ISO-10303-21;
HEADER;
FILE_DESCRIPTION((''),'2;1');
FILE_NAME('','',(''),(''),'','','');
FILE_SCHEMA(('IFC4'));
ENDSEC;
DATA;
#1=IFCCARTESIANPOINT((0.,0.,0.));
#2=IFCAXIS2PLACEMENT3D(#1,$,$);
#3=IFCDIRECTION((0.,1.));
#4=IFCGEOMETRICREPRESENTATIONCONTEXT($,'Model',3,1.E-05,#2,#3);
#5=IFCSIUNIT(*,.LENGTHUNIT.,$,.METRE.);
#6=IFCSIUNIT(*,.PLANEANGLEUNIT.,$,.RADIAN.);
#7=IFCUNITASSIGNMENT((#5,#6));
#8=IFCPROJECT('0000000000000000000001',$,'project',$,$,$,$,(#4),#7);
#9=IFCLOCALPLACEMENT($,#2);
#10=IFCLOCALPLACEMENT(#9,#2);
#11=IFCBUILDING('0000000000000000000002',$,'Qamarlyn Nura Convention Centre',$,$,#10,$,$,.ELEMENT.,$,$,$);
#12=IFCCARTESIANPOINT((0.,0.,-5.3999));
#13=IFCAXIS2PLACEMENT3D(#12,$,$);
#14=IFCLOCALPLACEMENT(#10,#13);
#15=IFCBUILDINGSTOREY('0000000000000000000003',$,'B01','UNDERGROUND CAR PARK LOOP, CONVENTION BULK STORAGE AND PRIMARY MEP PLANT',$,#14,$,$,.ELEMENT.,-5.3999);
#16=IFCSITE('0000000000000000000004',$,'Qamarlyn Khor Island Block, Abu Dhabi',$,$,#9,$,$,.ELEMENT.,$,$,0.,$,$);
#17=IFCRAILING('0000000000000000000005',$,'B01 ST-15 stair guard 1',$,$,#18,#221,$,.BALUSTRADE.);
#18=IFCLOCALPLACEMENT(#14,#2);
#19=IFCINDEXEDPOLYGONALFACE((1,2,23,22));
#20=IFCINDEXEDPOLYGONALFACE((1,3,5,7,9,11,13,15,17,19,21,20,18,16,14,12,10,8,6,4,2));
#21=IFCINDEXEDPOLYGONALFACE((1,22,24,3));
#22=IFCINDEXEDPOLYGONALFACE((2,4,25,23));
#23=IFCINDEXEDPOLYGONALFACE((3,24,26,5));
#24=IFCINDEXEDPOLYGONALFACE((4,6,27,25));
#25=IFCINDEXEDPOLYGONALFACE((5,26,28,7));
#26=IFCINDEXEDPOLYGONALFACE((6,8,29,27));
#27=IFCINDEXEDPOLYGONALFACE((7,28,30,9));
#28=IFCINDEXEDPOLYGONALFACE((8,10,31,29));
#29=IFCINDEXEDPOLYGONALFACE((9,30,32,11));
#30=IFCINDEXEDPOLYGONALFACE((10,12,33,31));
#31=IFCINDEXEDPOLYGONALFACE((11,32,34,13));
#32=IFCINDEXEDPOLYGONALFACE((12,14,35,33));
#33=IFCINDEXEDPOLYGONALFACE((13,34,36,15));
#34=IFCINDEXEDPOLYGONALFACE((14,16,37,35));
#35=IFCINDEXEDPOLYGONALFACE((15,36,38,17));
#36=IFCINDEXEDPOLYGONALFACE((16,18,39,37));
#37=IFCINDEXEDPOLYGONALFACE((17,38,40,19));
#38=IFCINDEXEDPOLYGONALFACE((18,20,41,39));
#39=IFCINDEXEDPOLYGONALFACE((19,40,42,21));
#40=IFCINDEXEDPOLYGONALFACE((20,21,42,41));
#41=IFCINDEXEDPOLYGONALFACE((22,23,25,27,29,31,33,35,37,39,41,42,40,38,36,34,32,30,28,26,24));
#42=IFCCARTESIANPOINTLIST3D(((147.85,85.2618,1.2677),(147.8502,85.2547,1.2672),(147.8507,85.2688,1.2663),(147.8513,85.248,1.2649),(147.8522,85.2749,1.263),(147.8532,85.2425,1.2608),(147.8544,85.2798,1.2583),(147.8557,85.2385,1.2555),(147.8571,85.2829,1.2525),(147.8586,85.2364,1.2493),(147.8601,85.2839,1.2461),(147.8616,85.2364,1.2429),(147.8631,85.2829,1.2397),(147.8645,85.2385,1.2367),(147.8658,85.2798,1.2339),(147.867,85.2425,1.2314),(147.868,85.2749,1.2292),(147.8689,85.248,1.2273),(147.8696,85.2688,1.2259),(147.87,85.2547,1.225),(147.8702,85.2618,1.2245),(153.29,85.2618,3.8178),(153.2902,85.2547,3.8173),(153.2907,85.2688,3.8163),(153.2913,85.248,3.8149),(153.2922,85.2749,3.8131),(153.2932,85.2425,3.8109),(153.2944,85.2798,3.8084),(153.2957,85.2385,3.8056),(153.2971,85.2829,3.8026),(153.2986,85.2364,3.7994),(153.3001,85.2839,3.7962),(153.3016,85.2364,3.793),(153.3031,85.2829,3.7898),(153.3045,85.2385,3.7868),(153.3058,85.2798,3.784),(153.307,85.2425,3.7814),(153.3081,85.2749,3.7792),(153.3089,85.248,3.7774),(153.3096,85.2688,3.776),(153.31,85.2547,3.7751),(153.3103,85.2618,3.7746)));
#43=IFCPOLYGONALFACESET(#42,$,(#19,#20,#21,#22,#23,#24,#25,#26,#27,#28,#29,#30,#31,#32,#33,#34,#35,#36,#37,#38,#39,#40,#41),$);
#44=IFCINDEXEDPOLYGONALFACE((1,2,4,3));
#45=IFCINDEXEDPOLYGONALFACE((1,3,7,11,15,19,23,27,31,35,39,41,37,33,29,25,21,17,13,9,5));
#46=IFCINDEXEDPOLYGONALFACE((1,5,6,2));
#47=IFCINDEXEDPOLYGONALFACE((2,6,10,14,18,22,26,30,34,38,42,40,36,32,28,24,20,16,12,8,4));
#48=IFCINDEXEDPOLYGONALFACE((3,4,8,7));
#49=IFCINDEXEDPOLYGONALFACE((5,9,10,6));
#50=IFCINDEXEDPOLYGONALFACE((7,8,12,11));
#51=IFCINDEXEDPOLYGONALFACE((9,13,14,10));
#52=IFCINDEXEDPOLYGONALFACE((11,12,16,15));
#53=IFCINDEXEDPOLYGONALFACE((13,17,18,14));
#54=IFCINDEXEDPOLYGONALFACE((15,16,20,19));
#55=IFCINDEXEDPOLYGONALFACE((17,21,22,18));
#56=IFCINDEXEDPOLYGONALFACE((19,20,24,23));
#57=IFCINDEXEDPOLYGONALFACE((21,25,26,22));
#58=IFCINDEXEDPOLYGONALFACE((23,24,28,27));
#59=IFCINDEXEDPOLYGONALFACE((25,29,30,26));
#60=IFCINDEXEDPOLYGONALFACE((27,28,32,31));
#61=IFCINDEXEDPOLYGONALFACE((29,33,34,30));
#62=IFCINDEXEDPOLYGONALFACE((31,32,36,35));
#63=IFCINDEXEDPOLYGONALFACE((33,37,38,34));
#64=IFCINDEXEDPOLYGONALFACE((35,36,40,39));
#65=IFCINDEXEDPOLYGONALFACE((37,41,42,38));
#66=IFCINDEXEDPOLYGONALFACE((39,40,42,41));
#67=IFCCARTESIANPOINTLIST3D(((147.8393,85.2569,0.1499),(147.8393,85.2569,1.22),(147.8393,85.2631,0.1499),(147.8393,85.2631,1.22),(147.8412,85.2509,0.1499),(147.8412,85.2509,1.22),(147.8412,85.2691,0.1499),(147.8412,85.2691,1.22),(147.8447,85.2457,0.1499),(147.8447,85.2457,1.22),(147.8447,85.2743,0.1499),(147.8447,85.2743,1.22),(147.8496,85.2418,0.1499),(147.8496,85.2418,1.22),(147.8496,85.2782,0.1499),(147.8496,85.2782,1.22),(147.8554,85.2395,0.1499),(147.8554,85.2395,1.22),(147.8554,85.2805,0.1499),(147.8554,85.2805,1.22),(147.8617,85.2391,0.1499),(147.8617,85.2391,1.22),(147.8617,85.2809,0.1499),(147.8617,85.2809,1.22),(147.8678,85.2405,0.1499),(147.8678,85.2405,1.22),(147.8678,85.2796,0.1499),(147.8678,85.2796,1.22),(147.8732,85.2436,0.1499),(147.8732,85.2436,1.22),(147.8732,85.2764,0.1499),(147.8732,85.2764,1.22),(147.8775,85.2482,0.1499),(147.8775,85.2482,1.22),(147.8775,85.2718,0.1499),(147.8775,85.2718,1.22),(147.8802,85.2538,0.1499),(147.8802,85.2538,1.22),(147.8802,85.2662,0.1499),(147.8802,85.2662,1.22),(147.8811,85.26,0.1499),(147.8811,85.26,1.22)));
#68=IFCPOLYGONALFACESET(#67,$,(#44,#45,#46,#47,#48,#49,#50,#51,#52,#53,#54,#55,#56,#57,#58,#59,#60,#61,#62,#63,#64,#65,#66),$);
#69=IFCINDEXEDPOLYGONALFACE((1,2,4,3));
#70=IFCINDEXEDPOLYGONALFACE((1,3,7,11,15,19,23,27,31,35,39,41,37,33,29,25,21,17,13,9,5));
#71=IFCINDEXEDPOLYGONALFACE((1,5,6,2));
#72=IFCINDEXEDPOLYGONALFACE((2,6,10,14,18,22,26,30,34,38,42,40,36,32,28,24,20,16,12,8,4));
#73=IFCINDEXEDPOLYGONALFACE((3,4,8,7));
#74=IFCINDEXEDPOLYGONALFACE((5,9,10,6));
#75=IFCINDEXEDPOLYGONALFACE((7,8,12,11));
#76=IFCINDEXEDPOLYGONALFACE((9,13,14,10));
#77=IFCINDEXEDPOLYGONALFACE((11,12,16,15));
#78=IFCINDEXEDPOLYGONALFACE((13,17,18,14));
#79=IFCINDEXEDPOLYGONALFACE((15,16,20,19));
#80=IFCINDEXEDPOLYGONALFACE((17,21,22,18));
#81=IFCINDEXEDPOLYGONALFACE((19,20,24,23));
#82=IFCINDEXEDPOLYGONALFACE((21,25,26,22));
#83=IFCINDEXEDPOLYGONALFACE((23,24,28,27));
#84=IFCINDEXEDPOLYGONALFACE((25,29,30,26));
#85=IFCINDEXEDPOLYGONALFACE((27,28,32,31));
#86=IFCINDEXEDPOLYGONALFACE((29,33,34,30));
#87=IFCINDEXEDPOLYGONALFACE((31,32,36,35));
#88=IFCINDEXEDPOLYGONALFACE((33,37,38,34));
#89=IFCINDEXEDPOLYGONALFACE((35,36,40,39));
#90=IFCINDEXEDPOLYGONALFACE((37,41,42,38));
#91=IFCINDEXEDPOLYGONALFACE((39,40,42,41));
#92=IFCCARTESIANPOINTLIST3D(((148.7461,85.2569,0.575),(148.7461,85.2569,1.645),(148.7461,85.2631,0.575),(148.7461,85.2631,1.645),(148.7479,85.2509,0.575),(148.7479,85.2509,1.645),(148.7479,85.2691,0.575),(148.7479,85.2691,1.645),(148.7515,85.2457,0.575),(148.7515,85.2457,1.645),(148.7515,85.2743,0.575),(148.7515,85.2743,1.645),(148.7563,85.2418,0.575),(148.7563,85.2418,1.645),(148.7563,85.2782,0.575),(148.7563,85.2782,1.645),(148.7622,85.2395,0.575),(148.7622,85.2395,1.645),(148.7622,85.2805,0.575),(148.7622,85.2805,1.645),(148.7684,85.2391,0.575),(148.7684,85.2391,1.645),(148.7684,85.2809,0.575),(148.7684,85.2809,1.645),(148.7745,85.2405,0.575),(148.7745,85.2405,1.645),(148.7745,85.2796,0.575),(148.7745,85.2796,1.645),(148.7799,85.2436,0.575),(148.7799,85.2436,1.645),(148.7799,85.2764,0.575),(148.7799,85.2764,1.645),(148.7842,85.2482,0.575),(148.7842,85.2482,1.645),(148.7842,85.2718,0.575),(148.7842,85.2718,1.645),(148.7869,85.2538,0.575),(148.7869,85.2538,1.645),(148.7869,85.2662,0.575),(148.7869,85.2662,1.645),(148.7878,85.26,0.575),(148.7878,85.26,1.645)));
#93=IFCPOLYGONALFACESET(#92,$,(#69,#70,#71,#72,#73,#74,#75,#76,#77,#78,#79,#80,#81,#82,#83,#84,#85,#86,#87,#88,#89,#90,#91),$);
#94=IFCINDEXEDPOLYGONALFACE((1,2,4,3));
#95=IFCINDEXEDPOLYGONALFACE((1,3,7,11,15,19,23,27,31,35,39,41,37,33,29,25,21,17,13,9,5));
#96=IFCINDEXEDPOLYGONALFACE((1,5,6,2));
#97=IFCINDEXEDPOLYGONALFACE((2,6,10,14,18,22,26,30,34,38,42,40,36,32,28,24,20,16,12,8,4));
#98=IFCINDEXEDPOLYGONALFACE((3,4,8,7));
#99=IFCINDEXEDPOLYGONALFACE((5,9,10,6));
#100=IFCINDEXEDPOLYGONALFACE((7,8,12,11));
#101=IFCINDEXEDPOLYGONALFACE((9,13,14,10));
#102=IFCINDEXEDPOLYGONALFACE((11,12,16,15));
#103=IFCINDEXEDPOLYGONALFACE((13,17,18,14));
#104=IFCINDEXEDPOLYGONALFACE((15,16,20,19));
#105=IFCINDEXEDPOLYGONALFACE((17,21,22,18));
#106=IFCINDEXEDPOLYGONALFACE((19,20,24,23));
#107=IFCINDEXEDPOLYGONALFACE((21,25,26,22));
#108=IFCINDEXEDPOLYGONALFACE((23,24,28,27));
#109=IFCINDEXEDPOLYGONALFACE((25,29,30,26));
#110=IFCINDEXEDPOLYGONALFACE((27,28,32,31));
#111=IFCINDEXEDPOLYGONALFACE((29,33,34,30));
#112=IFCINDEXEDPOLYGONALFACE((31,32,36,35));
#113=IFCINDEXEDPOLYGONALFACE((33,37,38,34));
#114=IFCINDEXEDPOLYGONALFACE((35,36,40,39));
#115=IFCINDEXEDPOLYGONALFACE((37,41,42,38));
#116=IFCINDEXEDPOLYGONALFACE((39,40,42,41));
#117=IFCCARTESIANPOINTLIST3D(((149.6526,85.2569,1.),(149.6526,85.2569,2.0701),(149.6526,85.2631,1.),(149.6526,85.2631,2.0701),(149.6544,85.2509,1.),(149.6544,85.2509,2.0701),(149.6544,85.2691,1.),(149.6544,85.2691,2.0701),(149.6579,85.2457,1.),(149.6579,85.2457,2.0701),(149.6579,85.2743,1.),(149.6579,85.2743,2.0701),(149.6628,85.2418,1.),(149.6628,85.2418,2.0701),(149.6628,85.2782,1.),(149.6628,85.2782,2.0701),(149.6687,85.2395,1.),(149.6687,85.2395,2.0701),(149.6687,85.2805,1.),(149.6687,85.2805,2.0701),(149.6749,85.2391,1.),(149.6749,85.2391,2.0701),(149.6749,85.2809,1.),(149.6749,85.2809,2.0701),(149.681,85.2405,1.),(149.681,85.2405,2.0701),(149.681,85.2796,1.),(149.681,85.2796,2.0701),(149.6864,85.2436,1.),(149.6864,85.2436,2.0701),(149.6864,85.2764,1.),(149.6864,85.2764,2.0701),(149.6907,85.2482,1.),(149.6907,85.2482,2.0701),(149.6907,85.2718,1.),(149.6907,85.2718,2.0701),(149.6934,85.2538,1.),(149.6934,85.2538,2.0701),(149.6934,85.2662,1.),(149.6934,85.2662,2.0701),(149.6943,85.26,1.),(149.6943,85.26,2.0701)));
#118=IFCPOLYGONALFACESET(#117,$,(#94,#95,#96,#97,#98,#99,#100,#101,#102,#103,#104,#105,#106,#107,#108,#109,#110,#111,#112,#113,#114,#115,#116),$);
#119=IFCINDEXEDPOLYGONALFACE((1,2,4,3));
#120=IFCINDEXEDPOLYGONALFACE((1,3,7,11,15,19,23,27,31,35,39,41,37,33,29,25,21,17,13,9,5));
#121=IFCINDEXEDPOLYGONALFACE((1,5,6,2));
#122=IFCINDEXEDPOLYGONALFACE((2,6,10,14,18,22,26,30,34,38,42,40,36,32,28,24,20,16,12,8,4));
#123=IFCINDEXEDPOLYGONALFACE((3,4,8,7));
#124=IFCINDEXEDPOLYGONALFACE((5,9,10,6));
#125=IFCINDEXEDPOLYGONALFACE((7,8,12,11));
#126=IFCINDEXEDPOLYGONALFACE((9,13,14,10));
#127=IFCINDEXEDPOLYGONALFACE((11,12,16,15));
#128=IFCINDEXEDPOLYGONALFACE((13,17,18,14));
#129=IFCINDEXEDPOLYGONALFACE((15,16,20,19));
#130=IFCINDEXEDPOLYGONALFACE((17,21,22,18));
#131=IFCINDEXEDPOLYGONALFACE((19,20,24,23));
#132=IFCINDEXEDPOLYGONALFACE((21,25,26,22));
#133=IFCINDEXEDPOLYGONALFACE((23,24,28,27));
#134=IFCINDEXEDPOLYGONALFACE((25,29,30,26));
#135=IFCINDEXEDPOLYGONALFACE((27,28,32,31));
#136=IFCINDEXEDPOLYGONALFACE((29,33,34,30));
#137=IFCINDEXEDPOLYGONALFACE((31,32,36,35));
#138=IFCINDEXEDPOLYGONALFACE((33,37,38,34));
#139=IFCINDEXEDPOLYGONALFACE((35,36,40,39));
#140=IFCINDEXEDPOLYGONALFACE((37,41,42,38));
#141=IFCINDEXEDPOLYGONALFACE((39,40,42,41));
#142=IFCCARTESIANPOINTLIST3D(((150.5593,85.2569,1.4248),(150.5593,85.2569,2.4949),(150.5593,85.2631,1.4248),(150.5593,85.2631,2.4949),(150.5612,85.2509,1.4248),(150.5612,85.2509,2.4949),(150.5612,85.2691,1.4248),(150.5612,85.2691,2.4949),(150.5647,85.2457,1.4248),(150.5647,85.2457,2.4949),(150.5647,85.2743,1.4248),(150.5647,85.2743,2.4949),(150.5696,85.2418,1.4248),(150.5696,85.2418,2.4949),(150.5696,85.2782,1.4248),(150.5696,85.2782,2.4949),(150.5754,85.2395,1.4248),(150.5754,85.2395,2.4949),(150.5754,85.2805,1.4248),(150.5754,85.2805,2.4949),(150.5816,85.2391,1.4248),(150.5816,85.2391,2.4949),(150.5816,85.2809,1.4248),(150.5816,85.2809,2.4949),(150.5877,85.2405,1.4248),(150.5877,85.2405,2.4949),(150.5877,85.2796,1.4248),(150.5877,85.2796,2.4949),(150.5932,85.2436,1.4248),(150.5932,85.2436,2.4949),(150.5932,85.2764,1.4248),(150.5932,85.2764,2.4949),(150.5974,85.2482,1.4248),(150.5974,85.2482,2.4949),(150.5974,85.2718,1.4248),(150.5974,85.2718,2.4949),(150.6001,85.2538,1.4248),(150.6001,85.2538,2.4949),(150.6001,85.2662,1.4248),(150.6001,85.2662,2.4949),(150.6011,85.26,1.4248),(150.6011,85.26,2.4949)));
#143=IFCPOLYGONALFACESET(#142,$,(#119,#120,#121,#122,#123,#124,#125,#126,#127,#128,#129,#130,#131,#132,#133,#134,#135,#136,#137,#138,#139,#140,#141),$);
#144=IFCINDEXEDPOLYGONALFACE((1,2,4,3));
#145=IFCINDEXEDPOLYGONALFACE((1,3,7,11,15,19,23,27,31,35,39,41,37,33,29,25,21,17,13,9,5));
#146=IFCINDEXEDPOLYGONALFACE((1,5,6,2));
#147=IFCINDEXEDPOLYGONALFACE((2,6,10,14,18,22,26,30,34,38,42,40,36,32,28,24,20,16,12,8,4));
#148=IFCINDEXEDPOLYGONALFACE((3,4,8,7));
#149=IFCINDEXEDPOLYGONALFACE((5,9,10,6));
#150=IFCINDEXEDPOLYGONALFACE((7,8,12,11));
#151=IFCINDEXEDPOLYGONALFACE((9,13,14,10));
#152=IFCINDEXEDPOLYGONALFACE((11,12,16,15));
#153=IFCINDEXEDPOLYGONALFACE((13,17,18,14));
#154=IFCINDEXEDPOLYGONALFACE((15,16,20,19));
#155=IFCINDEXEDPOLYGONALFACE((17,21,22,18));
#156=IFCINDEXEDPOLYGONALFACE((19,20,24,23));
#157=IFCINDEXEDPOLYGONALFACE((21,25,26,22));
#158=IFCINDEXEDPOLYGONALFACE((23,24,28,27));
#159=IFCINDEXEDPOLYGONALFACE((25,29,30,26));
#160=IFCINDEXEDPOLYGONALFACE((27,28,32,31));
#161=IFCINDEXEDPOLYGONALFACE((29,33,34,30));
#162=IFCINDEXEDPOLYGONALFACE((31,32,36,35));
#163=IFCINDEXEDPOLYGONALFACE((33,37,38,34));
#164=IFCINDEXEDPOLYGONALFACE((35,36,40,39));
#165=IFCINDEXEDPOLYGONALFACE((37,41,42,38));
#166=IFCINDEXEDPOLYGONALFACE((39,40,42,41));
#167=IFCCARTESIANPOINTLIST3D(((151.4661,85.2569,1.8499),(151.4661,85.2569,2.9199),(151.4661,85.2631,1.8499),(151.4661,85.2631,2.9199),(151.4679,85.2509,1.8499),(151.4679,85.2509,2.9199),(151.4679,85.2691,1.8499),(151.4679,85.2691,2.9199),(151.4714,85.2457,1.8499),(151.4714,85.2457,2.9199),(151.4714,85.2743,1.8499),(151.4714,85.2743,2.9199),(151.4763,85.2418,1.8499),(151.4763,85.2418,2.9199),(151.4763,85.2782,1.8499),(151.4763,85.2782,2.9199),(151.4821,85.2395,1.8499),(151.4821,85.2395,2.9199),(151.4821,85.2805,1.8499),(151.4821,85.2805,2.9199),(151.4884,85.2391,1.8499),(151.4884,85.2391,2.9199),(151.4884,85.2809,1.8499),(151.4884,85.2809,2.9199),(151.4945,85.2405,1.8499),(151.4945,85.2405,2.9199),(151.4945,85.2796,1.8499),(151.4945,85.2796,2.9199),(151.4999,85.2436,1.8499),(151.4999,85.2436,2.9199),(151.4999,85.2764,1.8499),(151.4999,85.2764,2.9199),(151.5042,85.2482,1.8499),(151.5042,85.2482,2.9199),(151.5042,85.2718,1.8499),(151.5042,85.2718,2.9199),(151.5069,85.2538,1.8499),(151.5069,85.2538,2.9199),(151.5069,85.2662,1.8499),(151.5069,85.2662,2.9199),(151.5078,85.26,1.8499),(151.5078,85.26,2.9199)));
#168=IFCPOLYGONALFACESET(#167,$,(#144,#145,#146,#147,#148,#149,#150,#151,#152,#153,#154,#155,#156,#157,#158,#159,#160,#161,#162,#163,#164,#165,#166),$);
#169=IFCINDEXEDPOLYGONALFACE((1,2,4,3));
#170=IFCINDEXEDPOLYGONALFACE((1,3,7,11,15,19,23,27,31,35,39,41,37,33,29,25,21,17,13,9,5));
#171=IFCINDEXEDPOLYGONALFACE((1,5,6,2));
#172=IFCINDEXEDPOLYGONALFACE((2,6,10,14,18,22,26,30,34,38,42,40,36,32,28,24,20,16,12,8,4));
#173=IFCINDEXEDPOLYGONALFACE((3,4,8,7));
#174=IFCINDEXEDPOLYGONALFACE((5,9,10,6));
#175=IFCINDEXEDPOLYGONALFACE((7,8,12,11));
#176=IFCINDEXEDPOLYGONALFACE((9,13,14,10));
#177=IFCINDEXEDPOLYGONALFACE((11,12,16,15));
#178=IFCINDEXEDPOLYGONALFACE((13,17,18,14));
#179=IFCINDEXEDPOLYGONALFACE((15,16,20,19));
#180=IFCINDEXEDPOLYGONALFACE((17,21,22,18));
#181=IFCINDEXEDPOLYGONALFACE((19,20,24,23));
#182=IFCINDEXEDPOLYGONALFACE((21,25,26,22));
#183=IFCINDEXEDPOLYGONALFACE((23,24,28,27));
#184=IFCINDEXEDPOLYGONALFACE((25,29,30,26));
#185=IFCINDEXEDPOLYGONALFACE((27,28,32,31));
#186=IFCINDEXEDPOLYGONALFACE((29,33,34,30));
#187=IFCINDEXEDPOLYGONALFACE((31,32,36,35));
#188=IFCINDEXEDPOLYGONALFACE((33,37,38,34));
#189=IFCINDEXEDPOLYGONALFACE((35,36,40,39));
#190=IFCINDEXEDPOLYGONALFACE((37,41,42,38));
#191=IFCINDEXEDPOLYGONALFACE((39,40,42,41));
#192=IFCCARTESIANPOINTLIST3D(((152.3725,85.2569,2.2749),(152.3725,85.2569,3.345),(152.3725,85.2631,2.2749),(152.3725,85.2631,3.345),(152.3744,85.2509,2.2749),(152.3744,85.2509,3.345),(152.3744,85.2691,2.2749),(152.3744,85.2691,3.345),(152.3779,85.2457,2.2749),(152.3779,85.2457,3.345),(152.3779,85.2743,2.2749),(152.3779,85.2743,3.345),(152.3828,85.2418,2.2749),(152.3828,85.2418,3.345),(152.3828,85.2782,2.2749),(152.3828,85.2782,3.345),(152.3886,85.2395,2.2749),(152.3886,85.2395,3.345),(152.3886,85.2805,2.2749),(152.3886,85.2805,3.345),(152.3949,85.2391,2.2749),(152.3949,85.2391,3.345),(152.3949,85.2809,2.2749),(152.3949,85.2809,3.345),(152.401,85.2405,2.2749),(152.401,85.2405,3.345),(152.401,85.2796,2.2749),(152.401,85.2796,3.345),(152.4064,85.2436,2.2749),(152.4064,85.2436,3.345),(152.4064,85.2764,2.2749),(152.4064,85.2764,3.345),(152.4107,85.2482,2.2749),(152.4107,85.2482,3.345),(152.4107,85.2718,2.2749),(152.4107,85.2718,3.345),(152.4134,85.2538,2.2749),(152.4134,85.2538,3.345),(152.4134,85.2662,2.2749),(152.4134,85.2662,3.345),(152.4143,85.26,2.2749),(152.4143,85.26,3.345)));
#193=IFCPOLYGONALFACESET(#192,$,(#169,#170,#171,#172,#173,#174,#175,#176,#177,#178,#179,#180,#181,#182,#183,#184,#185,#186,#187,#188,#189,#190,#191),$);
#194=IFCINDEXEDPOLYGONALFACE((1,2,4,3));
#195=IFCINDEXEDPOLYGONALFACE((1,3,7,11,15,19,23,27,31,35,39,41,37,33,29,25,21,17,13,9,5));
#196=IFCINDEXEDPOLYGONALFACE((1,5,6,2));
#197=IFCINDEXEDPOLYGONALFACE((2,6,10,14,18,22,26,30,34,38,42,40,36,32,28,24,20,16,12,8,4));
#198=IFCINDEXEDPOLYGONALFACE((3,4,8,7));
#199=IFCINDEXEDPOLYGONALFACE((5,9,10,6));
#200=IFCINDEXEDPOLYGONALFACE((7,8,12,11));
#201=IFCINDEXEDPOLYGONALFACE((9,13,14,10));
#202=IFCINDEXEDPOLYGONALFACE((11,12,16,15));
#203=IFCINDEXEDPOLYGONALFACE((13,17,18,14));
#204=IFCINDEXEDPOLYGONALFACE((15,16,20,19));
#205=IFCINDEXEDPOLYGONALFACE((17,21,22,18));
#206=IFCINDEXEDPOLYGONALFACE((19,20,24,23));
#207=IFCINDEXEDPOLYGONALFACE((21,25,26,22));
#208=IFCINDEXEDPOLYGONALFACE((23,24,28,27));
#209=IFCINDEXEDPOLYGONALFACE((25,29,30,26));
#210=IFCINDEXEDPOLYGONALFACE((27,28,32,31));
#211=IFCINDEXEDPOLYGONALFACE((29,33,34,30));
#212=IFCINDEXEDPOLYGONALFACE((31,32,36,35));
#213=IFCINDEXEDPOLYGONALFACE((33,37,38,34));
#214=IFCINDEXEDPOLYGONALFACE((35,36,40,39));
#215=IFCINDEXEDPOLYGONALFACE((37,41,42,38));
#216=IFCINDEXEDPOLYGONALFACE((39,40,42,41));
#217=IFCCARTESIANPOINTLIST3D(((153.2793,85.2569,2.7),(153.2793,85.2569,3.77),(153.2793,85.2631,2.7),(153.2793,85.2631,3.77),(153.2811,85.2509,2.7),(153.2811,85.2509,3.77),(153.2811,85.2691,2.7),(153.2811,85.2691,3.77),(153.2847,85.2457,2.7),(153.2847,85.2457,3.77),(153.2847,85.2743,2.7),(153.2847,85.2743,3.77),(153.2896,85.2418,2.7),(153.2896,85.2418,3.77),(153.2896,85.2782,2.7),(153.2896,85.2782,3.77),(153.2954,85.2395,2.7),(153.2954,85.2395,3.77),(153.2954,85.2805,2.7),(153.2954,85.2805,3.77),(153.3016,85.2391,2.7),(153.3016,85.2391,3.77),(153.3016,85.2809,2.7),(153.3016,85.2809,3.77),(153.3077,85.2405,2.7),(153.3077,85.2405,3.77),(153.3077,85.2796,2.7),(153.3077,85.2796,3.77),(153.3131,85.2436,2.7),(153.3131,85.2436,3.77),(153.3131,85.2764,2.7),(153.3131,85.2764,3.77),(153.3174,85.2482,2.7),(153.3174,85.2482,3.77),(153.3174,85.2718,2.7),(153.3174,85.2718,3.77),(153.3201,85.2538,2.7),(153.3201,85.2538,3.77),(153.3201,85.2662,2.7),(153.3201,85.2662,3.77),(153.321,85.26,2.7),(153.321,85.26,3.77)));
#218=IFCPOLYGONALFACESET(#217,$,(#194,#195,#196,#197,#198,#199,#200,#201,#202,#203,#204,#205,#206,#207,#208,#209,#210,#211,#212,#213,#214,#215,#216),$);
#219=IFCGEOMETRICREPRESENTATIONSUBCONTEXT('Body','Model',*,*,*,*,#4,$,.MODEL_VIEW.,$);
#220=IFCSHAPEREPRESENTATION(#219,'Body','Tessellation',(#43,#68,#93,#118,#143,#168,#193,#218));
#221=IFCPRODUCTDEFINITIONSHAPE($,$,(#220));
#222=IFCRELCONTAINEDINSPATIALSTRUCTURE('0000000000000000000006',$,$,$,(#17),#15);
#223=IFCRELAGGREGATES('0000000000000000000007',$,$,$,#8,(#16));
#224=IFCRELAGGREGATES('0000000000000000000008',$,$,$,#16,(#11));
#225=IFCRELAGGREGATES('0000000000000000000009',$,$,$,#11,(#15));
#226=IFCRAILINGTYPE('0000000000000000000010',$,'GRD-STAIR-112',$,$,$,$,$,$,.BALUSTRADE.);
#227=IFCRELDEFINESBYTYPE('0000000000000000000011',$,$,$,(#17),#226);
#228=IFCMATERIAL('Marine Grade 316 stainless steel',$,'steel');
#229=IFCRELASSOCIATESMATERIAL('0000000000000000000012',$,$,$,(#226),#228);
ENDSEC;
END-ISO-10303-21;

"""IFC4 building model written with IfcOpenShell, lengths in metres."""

from ifc_helpers import new_model, si_unit, direction, frame, origin, origin_2d, place, context, subcontext, project, spatial, circle, extrude, material, type_object, element, save


model = new_model("IFC4")

# Units and contexts
model_context = context("Model", 3, precision=1e-05, world=origin(), true_north=direction((0.0, 1.0)))
body_context = subcontext(model_context, "Body", "Model", "MODEL_VIEW")
ifc_project = project(units=[si_unit("LENGTHUNIT", "METRE"), si_unit("PLANEANGLEUNIT", "RADIAN")], contexts=[model_context])

# Site, building, storey
site_placement = place(None, origin())
site = spatial("IfcSite", under=ifc_project, at=site_placement, Name="Qamarlyn Khor Island Block, Abu Dhabi", CompositionType="ELEMENT", RefElevation=0.0)
building_placement = place(site_placement, origin())
building = spatial("IfcBuilding", under=site, at=building_placement, Name="Qamarlyn Nura Convention Centre", CompositionType="ELEMENT")
storey_placement = place(building_placement, frame((0.0, 0.0, -5.3999)))
storey = spatial("IfcBuildingStorey", under=building, at=storey_placement, Name="B01", Description="UNDERGROUND CAR PARK LOOP, CONVENTION BULK STORAGE AND PRIMARY MEP PLANT", CompositionType="ELEMENT", Elevation=-5.3999)

# Railing
ifc_material_1 = material(Name="Marine Grade 316 stainless steel", Category="steel")
railing_type_1 = type_object("IfcRailingType", Name="GRD-STAIR-112", PredefinedType="BALUSTRADE", material=ifc_material_1)
railing_1_placement = place(storey_placement, frame((147.8601, 85.26, 0.1499)))
element("IfcRailing", 1, at=railing_1_placement, inside=storey, type_object=railing_type_1, Name="B01 ST-15 stair guard 1", PredefinedType="BALUSTRADE", context=body_context, shape_type="SweptSolid", body=[
    extrude(circle(Radius=0.0239, at=origin_2d()), frame((0.0, 0.0, 1.0962), z_axis=(0.905454, 0.0, 0.424444), x_axis=(0.0, 1.0, 0.0)), (0.0, 0.0, 1.0), 6.0081),
    extrude(circle(Radius=0.021, at=origin_2d()), origin(), (0.0, 0.0, 1.0), 1.0701),
    extrude(circle(Radius=0.021, at=origin_2d()), frame((0.9067, 0.0, 0.425)), (0.0, 0.0, 1.0), 1.0701),
    extrude(circle(Radius=0.021, at=origin_2d()), frame((1.8132, 0.0, 0.8501)), (0.0, 0.0, 1.0), 1.0701),
    extrude(circle(Radius=0.021, at=origin_2d()), frame((2.72, 0.0, 1.2749)), (0.0, 0.0, 1.0), 1.0701),
    extrude(circle(Radius=0.021, at=origin_2d()), frame((3.6267, 0.0, 1.7)), (0.0, 0.0, 1.0), 1.0701),
    extrude(circle(Radius=0.021, at=origin_2d()), frame((4.5332, 0.0, 2.125)), (0.0, 0.0, 1.0), 1.0701),
    extrude(circle(Radius=0.021, at=origin_2d()), frame((5.4399, 0.0, 2.55)), (0.0, 0.0, 1.0), 1.0701),
])

save(model, "model.ifc")
